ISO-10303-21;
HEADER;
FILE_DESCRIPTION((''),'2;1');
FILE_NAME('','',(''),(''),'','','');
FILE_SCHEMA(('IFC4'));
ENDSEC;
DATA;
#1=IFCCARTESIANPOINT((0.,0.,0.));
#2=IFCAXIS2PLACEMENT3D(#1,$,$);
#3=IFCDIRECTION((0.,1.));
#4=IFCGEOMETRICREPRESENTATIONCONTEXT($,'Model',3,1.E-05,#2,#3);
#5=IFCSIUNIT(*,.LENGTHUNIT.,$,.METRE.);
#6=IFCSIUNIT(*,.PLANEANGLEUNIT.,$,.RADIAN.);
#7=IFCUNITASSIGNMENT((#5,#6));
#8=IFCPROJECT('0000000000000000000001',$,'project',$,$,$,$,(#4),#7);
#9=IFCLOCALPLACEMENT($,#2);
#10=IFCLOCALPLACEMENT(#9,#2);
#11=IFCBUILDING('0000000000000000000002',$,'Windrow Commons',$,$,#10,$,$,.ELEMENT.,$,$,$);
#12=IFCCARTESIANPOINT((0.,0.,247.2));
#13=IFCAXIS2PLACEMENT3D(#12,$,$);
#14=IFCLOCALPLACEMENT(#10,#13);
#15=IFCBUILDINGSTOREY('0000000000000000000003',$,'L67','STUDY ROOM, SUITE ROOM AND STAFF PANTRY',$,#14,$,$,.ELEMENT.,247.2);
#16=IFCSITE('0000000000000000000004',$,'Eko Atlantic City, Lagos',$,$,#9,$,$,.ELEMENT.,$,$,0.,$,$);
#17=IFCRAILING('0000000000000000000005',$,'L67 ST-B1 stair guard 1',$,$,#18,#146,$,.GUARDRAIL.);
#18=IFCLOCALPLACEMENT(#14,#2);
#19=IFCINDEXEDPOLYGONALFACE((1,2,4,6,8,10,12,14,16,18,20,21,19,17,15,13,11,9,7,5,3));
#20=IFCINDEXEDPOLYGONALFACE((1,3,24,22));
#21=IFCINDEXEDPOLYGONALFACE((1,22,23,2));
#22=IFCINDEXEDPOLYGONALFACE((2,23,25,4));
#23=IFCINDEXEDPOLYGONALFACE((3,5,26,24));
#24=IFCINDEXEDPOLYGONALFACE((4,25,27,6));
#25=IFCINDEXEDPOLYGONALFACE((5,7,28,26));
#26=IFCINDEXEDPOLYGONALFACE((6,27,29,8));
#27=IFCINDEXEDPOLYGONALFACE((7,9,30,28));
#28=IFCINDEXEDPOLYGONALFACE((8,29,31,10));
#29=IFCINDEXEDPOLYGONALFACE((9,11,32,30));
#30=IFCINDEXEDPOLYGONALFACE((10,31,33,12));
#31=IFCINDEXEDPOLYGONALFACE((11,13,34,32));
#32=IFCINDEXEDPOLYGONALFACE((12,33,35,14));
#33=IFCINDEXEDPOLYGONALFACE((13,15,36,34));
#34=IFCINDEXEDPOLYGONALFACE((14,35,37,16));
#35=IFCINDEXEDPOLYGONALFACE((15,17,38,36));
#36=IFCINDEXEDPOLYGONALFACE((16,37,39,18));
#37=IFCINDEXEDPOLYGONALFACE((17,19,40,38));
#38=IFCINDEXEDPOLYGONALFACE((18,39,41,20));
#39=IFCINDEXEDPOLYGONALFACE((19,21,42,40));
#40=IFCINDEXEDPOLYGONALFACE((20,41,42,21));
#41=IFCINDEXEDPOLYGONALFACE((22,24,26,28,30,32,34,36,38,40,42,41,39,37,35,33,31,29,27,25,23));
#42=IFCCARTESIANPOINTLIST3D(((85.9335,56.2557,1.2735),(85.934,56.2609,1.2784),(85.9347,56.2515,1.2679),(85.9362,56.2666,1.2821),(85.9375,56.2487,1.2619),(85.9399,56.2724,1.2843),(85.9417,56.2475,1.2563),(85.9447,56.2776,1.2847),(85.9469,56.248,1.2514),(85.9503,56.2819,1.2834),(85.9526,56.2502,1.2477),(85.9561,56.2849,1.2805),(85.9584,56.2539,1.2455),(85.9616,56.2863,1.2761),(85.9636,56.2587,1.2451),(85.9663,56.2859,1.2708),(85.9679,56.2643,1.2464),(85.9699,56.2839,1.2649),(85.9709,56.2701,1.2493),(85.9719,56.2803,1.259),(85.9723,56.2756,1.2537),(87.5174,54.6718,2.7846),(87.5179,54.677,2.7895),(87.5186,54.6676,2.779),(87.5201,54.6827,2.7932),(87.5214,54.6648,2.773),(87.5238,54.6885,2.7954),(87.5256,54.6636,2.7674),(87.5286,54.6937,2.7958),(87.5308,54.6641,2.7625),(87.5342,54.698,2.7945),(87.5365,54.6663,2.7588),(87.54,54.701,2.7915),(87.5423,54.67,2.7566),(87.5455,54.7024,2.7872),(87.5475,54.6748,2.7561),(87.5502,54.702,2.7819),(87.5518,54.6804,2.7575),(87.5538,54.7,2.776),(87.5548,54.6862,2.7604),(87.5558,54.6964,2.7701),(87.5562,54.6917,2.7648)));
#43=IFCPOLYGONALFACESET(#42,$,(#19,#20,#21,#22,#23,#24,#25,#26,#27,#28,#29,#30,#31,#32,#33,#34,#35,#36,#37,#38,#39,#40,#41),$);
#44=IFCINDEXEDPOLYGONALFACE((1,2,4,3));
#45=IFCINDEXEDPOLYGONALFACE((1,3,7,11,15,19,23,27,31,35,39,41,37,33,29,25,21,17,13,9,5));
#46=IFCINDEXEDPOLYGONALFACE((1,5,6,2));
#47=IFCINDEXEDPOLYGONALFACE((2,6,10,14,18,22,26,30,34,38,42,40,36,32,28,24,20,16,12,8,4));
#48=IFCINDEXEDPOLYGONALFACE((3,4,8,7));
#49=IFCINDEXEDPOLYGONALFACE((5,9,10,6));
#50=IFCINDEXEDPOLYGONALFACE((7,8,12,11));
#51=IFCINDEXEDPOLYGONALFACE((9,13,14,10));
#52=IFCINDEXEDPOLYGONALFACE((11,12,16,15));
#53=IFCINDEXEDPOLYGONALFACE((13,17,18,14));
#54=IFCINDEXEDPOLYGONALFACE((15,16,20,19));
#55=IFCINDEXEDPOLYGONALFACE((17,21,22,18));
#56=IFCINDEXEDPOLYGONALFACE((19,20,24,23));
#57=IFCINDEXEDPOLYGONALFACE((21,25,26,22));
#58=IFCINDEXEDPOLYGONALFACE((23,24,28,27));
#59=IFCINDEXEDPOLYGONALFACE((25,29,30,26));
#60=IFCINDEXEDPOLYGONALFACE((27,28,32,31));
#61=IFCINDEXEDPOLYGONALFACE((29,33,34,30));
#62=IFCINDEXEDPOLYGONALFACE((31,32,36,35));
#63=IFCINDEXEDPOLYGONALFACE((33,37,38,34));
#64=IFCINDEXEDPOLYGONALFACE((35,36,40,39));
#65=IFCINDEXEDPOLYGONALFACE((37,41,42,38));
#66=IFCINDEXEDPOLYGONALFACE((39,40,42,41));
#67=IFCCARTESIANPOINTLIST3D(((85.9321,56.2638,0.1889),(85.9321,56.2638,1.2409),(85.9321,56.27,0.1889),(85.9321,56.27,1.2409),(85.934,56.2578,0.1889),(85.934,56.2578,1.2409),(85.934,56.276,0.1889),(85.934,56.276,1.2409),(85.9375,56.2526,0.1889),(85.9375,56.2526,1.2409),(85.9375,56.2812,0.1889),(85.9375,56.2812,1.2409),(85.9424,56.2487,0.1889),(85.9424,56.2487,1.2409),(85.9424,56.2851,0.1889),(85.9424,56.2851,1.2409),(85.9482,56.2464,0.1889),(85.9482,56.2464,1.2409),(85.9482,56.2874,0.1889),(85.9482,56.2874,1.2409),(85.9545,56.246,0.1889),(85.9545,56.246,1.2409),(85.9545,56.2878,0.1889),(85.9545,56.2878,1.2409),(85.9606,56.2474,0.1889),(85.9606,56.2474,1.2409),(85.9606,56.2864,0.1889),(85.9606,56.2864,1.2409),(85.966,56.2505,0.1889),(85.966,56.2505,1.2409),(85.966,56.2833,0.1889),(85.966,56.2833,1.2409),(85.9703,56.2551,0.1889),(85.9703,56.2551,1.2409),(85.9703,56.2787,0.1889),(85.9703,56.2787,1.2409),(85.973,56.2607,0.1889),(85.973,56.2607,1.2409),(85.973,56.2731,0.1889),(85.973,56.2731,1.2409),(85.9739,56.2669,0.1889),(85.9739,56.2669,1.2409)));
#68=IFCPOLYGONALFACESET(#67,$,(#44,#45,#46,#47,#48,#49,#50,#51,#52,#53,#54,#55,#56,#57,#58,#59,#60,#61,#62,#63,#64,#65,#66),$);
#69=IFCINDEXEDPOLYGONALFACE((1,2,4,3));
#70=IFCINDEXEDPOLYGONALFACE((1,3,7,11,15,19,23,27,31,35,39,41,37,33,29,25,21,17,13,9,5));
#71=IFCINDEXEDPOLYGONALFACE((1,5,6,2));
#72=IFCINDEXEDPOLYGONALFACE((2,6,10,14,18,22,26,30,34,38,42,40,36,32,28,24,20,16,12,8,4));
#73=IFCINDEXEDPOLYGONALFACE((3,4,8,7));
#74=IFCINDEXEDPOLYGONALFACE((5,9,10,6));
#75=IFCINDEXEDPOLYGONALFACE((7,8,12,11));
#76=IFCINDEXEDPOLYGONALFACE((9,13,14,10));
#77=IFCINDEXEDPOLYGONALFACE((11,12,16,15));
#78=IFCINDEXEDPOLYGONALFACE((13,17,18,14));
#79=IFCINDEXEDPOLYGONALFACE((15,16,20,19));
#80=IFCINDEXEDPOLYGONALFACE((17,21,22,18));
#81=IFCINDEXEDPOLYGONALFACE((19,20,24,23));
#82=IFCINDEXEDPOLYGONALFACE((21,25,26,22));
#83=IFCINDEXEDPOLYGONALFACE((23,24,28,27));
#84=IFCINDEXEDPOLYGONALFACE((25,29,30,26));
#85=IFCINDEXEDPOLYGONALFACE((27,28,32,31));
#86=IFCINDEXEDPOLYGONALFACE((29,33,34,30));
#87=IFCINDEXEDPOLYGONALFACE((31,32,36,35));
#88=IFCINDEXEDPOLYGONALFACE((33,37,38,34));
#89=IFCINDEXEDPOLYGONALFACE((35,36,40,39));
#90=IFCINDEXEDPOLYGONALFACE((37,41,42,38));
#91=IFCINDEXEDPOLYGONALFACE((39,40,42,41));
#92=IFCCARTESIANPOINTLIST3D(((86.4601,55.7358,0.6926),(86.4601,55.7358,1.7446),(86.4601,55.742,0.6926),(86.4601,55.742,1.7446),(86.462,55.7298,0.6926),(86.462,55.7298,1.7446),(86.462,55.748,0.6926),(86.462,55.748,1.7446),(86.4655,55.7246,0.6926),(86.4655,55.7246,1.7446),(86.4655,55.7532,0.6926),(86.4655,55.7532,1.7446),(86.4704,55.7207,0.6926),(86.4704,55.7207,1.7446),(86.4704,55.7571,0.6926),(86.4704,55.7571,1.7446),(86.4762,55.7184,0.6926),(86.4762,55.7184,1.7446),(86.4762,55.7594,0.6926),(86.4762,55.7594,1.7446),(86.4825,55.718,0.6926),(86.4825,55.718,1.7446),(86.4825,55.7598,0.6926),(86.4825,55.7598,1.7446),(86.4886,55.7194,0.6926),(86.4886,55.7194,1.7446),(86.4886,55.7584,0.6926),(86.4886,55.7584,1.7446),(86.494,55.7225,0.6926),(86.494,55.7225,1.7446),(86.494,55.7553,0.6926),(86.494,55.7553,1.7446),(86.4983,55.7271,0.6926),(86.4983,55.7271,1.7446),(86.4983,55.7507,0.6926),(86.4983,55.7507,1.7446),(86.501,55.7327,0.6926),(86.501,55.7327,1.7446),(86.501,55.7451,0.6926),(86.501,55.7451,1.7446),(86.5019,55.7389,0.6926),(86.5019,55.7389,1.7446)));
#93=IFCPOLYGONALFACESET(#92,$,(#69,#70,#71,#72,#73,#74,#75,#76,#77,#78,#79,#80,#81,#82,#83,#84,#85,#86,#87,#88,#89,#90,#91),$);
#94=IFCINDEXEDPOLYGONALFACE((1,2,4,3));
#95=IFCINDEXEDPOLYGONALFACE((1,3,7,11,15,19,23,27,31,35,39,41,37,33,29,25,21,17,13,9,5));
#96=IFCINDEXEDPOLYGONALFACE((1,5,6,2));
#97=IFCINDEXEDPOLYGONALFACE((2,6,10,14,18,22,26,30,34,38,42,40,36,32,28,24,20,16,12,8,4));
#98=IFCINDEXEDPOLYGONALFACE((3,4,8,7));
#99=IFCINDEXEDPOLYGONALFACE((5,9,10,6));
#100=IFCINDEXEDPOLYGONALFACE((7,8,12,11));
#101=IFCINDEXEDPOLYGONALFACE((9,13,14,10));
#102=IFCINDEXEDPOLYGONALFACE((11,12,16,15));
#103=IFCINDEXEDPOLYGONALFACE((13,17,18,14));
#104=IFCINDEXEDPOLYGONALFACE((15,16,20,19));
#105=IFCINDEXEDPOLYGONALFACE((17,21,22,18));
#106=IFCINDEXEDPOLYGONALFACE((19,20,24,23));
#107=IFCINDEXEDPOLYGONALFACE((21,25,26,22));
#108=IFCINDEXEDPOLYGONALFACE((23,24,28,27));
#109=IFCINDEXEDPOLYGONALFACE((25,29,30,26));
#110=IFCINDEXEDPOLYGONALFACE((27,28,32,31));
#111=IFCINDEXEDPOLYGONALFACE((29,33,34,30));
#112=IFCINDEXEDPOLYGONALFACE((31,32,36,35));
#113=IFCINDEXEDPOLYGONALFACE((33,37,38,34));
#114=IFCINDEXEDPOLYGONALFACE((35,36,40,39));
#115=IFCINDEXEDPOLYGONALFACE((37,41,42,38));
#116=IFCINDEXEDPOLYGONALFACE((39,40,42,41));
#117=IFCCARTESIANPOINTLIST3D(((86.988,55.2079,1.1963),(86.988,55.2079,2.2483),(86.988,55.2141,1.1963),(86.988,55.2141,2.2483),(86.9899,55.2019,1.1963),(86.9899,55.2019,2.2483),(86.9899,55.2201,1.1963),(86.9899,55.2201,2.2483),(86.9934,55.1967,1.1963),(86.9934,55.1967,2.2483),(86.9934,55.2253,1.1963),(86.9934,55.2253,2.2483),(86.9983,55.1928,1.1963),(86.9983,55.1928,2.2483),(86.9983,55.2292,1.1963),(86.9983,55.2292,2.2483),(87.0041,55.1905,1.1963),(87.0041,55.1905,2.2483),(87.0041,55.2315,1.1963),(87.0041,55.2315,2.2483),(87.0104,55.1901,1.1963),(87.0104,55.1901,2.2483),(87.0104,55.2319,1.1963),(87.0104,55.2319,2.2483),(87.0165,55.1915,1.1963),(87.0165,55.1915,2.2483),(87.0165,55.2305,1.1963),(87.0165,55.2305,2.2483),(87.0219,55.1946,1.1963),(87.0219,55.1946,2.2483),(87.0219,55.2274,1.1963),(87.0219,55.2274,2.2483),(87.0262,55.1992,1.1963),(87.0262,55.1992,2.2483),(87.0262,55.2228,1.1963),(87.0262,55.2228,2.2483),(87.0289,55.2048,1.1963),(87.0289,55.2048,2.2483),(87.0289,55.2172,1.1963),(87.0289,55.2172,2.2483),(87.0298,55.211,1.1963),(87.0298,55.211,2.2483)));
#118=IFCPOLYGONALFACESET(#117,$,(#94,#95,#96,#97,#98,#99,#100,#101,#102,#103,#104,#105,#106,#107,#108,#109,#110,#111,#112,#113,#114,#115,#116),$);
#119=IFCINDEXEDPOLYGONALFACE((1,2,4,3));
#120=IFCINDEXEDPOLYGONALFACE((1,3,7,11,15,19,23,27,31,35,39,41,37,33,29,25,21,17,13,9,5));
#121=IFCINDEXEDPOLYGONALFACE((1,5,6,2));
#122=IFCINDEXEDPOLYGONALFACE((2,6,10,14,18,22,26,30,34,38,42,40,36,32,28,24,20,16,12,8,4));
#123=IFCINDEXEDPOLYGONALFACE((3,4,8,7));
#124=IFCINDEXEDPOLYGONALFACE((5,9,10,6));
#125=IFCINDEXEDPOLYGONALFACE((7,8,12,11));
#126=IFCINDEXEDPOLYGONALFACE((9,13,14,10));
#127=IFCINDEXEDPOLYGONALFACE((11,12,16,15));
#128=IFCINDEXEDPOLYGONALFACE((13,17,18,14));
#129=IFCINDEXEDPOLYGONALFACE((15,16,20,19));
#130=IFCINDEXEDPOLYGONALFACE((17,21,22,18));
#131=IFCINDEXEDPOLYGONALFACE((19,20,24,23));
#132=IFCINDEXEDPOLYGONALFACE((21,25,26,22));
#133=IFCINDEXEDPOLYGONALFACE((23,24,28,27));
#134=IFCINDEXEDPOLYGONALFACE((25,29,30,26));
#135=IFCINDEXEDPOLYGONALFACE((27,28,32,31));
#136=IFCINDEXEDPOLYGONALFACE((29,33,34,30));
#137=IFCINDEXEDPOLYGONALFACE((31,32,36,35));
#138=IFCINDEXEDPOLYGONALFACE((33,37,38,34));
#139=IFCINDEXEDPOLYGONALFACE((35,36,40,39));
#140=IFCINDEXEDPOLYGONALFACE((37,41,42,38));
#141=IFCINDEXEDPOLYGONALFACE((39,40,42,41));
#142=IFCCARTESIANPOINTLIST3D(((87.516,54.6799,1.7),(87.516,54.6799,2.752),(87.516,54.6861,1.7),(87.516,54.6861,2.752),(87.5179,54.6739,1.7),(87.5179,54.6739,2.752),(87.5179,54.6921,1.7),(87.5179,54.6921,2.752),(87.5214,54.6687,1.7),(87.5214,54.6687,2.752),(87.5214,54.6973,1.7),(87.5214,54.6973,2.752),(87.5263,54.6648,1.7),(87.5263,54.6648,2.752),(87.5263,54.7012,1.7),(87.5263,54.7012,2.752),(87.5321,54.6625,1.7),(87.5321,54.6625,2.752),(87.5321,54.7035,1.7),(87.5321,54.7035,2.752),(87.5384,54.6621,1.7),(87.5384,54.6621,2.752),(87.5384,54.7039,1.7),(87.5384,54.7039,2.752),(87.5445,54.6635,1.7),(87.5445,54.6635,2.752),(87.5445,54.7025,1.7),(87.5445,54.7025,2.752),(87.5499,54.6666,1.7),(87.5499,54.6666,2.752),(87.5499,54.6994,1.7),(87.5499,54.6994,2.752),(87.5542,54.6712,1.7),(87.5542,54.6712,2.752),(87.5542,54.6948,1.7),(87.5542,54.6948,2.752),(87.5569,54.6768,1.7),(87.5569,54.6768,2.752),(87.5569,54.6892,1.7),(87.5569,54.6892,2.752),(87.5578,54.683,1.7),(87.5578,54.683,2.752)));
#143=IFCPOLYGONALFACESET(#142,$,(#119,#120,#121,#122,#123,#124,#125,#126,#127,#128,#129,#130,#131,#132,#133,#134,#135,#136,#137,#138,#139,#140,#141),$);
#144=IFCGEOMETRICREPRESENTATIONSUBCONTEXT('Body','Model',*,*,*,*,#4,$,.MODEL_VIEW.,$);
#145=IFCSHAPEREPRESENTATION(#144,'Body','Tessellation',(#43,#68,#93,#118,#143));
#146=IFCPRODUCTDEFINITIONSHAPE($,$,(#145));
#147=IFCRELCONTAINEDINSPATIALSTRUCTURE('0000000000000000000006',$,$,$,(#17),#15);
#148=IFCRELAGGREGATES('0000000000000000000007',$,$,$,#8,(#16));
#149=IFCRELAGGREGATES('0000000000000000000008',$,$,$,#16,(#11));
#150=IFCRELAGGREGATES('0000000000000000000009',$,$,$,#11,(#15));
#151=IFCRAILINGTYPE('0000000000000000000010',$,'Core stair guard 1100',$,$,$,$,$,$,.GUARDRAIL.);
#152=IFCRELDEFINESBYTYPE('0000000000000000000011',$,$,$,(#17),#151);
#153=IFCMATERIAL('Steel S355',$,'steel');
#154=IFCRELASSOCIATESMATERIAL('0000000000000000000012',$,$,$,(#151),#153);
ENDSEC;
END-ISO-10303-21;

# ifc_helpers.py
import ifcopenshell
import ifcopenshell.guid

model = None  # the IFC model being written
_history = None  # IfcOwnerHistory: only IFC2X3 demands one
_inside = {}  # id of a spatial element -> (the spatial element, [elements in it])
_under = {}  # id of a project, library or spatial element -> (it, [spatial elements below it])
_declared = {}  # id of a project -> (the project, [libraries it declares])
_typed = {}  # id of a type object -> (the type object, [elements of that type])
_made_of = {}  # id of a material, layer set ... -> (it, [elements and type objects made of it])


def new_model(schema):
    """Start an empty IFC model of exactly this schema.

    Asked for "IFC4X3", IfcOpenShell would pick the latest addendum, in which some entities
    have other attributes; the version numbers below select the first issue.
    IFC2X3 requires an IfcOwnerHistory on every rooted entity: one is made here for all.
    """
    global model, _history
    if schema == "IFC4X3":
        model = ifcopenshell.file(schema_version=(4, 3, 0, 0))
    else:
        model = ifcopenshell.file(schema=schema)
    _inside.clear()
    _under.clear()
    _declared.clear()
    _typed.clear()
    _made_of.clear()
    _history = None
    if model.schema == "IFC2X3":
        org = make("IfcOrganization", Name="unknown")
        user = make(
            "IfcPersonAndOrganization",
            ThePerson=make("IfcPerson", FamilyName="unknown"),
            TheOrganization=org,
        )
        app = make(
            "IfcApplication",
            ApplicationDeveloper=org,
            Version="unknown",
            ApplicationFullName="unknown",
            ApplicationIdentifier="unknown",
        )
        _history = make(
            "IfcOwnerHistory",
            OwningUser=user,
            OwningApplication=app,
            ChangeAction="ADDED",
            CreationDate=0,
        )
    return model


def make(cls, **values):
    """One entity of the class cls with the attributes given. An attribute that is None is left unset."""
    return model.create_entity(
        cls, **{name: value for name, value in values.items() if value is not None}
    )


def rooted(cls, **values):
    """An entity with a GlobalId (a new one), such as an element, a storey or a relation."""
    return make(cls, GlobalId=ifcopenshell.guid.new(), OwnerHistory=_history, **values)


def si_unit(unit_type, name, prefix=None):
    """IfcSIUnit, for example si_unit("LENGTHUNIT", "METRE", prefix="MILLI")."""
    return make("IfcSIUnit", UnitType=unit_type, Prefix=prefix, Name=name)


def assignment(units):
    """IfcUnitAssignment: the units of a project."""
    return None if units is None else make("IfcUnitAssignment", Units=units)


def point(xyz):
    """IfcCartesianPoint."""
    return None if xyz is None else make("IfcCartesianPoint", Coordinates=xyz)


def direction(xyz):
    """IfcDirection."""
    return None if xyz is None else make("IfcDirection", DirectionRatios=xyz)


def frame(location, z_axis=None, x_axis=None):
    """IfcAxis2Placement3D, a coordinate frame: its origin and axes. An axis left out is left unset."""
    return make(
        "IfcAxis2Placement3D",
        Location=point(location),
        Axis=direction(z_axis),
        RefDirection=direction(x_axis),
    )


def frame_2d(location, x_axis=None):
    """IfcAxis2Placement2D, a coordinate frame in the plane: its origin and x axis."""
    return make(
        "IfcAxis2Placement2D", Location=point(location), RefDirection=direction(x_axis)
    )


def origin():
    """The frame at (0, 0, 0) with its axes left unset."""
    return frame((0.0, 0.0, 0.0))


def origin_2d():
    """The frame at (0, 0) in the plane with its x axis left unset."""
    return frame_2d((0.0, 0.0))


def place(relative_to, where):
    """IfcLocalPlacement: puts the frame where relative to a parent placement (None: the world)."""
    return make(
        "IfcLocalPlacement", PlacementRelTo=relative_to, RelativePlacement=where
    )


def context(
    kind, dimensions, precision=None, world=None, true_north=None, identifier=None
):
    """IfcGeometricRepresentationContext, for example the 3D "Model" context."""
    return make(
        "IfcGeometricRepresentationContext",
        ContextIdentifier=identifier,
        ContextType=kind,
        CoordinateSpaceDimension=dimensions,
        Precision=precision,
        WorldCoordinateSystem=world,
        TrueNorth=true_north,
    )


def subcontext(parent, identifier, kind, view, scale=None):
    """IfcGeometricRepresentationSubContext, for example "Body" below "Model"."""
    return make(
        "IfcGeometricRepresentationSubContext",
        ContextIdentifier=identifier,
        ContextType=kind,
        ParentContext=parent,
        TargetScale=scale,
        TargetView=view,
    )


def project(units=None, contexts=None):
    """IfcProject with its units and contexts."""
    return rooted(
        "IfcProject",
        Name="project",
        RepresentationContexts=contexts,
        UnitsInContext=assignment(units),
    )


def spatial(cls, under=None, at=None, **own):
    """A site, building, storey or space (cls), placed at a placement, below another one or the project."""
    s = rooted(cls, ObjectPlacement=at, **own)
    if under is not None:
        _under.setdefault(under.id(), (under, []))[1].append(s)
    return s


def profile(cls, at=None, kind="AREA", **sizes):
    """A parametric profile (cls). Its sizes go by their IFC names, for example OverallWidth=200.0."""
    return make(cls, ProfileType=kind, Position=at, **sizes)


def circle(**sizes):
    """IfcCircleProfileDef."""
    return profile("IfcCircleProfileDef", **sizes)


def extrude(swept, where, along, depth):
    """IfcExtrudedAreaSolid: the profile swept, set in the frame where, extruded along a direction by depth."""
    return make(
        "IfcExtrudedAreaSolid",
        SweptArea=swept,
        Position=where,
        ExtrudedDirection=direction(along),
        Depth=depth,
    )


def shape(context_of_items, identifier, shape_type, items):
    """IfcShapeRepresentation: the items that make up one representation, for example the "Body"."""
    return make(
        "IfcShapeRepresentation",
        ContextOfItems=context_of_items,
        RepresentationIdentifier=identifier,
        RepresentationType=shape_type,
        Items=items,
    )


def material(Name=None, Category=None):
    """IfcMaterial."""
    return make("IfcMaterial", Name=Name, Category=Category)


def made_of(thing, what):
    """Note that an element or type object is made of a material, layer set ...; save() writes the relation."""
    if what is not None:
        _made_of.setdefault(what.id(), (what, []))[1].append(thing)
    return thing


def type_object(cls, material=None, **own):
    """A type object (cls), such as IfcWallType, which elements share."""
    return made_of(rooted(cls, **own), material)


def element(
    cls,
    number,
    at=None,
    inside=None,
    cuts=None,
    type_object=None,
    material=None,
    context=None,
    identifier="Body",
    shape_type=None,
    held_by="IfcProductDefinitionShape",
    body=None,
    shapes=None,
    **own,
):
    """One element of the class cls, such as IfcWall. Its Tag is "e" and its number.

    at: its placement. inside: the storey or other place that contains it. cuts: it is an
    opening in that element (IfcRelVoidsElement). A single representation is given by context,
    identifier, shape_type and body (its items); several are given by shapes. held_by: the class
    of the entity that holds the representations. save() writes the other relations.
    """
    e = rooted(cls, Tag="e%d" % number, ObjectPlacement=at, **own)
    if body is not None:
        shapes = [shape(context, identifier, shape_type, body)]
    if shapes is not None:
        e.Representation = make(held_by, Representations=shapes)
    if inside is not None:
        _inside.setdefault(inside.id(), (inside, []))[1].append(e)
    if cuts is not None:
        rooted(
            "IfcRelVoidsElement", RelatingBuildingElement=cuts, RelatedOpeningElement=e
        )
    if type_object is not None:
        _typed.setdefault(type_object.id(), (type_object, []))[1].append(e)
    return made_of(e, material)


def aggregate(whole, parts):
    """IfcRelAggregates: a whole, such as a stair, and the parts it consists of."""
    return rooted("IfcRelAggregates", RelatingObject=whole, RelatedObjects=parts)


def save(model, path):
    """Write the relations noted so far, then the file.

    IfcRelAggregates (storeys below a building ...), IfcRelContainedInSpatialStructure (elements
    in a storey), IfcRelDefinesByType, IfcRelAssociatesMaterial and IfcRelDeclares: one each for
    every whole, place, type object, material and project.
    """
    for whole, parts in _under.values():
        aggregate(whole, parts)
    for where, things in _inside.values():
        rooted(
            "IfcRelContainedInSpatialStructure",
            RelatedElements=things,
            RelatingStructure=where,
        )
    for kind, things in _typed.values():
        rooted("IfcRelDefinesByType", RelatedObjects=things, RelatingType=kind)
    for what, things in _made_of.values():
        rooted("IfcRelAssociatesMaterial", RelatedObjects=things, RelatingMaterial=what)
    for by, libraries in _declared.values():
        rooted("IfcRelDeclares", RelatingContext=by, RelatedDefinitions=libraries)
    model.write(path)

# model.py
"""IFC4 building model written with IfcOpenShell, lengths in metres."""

from ifc_helpers import new_model, si_unit, direction, frame, origin, origin_2d, place, context, subcontext, project, spatial, circle, extrude, material, type_object, element, save


model = new_model("IFC4")

# Units and contexts
model_context = context("Model", 3, precision=1e-05, world=origin(), true_north=direction((0.0, 1.0)))
body_context = subcontext(model_context, "Body", "Model", "MODEL_VIEW")
ifc_project = project(units=[si_unit("LENGTHUNIT", "METRE"), si_unit("PLANEANGLEUNIT", "RADIAN")], contexts=[model_context])

# Site, building, storey
site_placement = place(None, origin())
site = spatial("IfcSite", under=ifc_project, at=site_placement, Name="Eko Atlantic City, Lagos", CompositionType="ELEMENT", RefElevation=0.0)
building_placement = place(site_placement, origin())
building = spatial("IfcBuilding", under=site, at=building_placement, Name="Windrow Commons", CompositionType="ELEMENT")
storey_placement = place(building_placement, frame((0.0, 0.0, 247.2)))
storey = spatial("IfcBuildingStorey", under=building, at=storey_placement, Name="L67", Description="STUDY ROOM, SUITE ROOM AND STAFF PANTRY", CompositionType="ELEMENT", Elevation=247.2)

# Railing
ifc_material_1 = material(Name="Steel S355", Category="steel")
railing_type_1 = type_object("IfcRailingType", Name="Core stair guard 1100", PredefinedType="GUARDRAIL", material=ifc_material_1)
railing_1_placement = place(storey_placement, frame((85.9529, 56.2669, 0.1889)))
element("IfcRailing", 1, at=railing_1_placement, inside=storey, type_object=railing_type_1, Name="L67 ST-B1 stair guard 1", PredefinedType="GUARDRAIL", context=body_context, shape_type="SweptSolid", body=[
    extrude(circle(Radius=0.024, at=origin_2d()), frame((0.0, 0.0, 1.076), z_axis=(0.586191, -0.586191, 0.559249), x_axis=(0.707107, 0.707107, 0.0)), (0.0, 0.0, 1.0), 2.702),
    extrude(circle(Radius=0.021, at=origin_2d()), origin(), (0.0, 0.0, 1.0), 1.052),
    extrude(circle(Radius=0.021, at=origin_2d()), frame((0.528, -0.528, 0.5037)), (0.0, 0.0, 1.0), 1.052),
    extrude(circle(Radius=0.021, at=origin_2d()), frame((1.0559, -1.0559, 1.0074)), (0.0, 0.0, 1.0), 1.052),
    extrude(circle(Radius=0.021, at=origin_2d()), frame((1.5839, -1.5839, 1.5111)), (0.0, 0.0, 1.0), 1.052),
])

save(model, "model.ifc")
